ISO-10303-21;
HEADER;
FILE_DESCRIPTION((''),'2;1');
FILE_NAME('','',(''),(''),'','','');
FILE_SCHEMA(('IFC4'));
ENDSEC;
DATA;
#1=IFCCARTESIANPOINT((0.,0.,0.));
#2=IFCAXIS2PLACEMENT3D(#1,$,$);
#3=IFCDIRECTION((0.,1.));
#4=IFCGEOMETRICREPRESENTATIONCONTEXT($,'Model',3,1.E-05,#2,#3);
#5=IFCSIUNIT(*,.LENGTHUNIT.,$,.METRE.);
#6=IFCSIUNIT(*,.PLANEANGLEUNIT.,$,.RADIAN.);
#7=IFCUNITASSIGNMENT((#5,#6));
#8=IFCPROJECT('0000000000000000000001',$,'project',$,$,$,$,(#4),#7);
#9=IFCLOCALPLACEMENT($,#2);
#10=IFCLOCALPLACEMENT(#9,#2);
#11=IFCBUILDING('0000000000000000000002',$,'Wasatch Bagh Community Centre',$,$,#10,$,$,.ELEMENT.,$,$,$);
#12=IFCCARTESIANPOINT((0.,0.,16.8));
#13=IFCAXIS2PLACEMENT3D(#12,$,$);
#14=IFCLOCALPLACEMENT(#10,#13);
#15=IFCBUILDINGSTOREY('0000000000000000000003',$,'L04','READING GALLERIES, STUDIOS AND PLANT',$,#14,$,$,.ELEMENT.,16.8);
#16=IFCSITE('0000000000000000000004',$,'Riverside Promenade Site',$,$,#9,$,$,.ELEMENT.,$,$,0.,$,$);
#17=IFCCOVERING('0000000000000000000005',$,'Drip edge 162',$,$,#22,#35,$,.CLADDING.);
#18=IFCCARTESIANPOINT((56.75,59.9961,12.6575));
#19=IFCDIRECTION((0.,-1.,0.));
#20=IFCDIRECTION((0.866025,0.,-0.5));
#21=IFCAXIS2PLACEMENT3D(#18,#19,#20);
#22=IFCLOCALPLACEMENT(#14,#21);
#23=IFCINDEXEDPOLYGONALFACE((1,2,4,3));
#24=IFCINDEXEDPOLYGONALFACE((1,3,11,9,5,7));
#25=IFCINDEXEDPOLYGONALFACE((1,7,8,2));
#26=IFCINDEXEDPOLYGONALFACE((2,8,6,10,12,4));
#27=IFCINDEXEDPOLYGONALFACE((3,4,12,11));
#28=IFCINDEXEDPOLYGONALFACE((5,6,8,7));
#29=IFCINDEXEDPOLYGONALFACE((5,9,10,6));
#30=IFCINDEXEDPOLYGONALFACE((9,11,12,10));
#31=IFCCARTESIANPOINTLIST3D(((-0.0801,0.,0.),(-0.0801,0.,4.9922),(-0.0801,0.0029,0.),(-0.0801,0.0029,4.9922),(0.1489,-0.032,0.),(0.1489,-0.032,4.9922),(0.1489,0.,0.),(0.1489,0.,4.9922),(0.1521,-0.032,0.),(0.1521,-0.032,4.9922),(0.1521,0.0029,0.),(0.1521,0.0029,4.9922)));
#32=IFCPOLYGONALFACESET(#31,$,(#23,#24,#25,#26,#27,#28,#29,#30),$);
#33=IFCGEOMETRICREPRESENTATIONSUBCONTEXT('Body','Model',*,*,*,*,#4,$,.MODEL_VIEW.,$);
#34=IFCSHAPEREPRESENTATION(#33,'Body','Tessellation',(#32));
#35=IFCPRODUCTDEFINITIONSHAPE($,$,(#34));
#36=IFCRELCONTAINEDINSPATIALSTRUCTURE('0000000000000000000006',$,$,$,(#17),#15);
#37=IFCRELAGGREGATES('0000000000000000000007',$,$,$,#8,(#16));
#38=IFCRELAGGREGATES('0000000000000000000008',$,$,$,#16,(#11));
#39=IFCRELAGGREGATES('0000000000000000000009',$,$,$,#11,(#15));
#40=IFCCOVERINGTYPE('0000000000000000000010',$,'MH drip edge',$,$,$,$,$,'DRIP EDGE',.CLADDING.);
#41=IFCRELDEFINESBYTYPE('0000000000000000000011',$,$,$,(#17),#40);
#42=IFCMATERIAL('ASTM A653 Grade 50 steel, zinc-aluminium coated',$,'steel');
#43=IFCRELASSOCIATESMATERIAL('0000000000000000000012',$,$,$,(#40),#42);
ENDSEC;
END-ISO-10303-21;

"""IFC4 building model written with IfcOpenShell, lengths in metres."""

from ifc_helpers import new_model, si_unit, direction, frame, origin, place, context, subcontext, project, spatial, polyline, outline, extrude, material, material_profile, profile_set, type_object, element, save


model = new_model("IFC4")

# Units and contexts
model_context = context("Model", 3, precision=1e-05, world=origin(), true_north=direction((0.0, 1.0)))
body_context = subcontext(model_context, "Body", "Model", "MODEL_VIEW")
ifc_project = project(units=[si_unit("LENGTHUNIT", "METRE"), si_unit("PLANEANGLEUNIT", "RADIAN")], contexts=[model_context])

# Site, building, storey
site_placement = place(None, origin())
site = spatial("IfcSite", under=ifc_project, at=site_placement, Name="Riverside Promenade Site", CompositionType="ELEMENT", RefElevation=0.0)
building_placement = place(site_placement, origin())
building = spatial("IfcBuilding", under=site, at=building_placement, Name="Wasatch Bagh Community Centre", CompositionType="ELEMENT")
storey_placement = place(building_placement, frame((0.0, 0.0, 16.8)))
storey = spatial("IfcBuildingStorey", under=building, at=storey_placement, Name="L04", Description="READING GALLERIES, STUDIOS AND PLANT", CompositionType="ELEMENT", Elevation=16.8)

# Covering
ifc_material_1 = material(Name="ASTM A653 Grade 50 steel, zinc-aluminium coated", Category="steel")
ifc_material_profile_1 = material_profile(ifc_material_1, outline(polyline([(-0.0801, 0.0029), (0.1521, 0.0029), (0.1521, -0.032), (0.1489, -0.032), (0.1489, 0.0), (-0.0801, 0.0), (-0.0801, 0.0029)])), Name="DRIP EDGE")
ifc_profile_set_1 = profile_set([ifc_material_profile_1], Name="ASTM A653 Grade 50 steel, zinc-aluminium coated")
covering_type_1 = type_object("IfcCoveringType", Name="MH drip edge", ElementType="DRIP EDGE", PredefinedType="CLADDING", material=ifc_profile_set_1)
covering_1_placement = place(storey_placement, frame((56.75, 59.9961, 12.6575), z_axis=(0.0, -1.0, 0.0), x_axis=(0.866025, 0.0, -0.5)))
element("IfcCovering", 1, at=covering_1_placement, inside=storey, type_object=covering_type_1, Name="Drip edge 162", PredefinedType="CLADDING", context=body_context, shape_type="SweptSolid", body=[
    extrude(outline(polyline([(-0.0801, 0.0029), (0.1521, 0.0029), (0.1521, -0.032), (0.1489, -0.032), (0.1489, 0.0), (-0.0801, 0.0), (-0.0801, 0.0029)])), origin(), (0.0, 0.0, 1.0), 4.9922),
])

save(model, "model.ifc")
